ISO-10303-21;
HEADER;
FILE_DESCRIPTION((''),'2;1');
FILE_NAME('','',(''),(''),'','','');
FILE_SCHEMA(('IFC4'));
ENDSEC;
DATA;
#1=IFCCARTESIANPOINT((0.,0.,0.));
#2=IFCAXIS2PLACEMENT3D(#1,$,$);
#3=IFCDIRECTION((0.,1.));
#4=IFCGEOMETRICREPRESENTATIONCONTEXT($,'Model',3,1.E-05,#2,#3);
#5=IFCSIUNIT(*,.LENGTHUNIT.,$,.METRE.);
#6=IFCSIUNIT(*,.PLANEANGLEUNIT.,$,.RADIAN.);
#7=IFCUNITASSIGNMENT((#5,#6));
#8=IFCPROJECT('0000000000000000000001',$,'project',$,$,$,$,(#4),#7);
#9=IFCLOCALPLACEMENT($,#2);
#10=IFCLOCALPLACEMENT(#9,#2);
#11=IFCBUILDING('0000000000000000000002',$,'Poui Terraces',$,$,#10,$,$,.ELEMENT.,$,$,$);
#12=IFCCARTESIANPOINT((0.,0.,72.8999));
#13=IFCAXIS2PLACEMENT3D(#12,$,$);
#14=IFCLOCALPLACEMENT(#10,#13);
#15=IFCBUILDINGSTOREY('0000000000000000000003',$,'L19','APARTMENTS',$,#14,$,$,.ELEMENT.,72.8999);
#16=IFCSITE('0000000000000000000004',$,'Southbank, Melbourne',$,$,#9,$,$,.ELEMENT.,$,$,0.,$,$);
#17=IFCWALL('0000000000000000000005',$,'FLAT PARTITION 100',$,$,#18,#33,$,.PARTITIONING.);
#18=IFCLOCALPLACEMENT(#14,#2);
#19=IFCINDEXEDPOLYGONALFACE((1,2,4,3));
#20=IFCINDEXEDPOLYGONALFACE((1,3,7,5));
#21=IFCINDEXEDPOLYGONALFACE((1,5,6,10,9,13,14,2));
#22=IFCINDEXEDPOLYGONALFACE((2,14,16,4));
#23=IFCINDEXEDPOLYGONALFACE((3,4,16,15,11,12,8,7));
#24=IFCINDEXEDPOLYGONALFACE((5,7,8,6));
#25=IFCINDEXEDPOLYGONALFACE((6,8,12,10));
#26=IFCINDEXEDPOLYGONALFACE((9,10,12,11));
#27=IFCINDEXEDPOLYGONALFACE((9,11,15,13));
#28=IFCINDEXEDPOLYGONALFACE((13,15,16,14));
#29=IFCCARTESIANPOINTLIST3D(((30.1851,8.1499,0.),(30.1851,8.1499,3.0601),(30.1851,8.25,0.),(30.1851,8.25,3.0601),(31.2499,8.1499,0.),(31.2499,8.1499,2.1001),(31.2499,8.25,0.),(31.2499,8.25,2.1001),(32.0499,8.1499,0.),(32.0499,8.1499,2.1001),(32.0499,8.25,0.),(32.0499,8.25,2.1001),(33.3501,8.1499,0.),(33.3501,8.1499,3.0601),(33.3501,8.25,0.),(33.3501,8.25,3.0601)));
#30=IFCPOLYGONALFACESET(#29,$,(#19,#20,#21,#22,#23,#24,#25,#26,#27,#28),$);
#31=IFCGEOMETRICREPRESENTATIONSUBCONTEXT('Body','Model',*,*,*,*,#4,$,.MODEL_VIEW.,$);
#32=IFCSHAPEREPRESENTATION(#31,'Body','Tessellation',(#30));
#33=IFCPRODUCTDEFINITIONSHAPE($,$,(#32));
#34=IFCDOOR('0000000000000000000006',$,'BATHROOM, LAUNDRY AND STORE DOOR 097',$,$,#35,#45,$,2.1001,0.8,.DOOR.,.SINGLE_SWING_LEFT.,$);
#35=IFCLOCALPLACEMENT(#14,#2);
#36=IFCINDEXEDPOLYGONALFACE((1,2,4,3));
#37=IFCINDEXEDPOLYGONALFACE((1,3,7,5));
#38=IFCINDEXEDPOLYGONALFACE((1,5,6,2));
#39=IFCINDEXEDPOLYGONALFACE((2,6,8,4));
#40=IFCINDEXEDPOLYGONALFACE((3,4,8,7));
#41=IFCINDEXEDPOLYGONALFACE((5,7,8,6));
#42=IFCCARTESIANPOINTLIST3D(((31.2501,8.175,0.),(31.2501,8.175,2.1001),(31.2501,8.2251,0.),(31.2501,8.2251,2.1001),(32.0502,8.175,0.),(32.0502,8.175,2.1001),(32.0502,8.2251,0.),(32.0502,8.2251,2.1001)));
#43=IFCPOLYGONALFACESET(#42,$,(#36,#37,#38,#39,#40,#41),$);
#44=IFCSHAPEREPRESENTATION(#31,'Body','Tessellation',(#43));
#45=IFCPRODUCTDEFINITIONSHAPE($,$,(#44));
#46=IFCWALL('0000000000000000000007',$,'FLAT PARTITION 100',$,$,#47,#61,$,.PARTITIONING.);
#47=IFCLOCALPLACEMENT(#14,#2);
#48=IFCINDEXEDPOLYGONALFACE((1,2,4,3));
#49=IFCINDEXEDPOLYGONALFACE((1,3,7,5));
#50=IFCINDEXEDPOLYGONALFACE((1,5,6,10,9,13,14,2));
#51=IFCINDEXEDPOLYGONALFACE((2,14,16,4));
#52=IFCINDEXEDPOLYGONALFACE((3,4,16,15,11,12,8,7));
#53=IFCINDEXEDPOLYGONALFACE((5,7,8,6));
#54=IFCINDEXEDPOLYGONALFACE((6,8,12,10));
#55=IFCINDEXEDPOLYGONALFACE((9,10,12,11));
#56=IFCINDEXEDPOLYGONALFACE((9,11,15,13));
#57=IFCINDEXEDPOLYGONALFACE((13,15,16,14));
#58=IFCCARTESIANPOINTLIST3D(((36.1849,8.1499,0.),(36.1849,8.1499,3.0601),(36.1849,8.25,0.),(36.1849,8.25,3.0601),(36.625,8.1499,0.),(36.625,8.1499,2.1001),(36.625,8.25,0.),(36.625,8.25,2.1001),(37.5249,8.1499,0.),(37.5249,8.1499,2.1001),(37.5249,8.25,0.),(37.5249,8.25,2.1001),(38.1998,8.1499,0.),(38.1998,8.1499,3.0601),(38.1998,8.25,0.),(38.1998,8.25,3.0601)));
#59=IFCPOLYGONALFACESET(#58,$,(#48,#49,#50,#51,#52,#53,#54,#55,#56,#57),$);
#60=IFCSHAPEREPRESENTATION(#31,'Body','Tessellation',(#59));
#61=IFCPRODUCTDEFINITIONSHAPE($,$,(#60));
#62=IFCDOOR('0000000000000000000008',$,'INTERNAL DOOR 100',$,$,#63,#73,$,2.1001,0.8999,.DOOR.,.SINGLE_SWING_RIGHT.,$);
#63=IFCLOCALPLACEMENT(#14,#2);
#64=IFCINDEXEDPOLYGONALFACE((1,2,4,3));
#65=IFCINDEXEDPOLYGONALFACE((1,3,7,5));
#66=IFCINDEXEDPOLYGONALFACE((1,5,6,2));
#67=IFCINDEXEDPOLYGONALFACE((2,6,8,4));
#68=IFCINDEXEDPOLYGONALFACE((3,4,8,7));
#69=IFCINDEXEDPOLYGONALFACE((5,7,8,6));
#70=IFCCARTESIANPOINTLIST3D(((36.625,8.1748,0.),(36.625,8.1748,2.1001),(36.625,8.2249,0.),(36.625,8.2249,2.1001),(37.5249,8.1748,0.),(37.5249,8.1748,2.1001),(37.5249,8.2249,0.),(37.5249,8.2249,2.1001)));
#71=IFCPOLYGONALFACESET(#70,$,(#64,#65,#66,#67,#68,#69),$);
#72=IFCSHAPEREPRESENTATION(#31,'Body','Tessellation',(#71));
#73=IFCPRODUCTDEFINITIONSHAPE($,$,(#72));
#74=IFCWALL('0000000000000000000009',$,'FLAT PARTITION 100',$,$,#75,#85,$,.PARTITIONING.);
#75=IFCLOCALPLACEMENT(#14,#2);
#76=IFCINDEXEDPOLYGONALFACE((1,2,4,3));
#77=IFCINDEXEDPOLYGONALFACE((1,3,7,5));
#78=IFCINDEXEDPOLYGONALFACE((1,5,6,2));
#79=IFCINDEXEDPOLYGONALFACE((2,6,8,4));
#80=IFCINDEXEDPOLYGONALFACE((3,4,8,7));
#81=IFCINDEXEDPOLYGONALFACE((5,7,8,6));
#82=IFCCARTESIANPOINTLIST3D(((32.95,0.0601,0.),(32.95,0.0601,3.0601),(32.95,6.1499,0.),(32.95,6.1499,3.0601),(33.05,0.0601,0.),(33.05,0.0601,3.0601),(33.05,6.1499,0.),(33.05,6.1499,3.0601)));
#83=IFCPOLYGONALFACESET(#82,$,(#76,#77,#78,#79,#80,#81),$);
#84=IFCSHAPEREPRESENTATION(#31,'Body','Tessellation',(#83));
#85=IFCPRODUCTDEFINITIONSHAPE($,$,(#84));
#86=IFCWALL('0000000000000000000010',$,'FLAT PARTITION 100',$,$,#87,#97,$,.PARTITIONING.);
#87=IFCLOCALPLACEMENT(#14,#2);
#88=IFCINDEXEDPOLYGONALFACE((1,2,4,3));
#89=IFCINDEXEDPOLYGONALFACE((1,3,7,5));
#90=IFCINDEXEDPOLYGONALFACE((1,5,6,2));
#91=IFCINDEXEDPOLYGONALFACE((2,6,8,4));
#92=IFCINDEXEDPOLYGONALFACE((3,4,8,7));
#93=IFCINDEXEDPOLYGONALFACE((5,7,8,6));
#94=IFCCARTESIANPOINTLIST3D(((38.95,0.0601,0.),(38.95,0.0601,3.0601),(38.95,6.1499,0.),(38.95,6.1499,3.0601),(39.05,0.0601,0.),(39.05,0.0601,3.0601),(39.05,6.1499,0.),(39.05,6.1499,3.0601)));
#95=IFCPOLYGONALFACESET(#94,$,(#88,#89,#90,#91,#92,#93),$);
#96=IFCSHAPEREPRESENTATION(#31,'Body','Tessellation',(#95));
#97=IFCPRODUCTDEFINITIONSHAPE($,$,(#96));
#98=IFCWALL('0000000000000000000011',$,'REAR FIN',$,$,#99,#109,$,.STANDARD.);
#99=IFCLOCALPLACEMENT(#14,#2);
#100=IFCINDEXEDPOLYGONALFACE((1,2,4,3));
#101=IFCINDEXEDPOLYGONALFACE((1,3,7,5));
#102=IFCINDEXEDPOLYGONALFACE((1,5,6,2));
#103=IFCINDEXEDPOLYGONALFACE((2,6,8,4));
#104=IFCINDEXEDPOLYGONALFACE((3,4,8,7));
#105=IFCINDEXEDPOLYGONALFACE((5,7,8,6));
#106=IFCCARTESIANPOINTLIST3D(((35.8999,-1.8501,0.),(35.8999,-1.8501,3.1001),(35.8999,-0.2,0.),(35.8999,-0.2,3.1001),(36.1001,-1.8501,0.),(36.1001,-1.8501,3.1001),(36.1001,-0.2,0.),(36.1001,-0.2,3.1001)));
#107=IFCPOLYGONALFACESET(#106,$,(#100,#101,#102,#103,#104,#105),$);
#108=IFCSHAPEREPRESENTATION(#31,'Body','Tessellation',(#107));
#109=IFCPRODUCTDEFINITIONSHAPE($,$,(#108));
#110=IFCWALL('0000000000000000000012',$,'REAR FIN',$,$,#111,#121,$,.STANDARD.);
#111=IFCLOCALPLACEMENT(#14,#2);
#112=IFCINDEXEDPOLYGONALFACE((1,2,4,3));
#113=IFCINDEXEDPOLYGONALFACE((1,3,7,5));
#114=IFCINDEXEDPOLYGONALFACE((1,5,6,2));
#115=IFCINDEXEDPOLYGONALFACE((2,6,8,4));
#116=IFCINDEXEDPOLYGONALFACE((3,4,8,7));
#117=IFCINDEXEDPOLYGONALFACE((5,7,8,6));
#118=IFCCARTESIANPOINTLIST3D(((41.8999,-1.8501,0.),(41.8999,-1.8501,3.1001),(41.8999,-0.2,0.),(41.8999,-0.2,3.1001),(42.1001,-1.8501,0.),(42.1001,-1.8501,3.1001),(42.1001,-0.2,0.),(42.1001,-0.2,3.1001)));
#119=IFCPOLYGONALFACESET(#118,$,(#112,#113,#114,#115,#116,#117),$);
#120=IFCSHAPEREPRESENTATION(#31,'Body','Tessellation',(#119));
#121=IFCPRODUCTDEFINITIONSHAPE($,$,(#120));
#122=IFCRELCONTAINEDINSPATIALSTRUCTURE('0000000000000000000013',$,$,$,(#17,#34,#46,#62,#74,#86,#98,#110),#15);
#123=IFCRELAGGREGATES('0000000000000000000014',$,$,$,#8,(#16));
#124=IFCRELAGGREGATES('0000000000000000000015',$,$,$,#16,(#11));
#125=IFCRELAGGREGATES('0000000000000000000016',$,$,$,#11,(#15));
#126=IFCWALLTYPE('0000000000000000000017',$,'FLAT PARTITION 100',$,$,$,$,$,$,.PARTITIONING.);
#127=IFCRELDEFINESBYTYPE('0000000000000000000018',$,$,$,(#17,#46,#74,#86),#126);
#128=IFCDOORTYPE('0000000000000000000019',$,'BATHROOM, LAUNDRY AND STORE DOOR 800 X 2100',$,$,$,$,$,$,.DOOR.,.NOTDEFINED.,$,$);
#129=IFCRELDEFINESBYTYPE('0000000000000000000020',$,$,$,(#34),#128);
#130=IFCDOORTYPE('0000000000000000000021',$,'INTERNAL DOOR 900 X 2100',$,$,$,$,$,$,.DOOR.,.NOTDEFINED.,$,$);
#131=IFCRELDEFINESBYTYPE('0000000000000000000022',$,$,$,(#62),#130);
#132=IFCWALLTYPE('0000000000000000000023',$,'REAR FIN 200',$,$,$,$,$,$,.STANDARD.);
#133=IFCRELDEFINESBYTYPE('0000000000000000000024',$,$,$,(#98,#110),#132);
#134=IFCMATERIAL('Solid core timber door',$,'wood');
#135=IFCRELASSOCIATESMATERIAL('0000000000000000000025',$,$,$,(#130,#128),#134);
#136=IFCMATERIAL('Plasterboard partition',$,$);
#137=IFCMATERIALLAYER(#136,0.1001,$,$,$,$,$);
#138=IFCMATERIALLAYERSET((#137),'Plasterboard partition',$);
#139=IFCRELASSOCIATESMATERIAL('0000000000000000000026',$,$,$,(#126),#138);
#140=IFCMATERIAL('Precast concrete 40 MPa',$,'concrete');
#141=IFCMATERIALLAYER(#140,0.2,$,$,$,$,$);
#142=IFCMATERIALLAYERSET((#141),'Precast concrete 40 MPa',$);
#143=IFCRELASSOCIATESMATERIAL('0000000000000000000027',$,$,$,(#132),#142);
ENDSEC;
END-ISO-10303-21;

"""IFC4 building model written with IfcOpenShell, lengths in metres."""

from ifc_helpers import new_model, si_unit, direction, frame, frame_2d, origin, place, context, subcontext, project, spatial, polyline, rectangle, outline, extrude, source, transform, mapped, material, layer, layer_set, type_object, element, fill, save


model = new_model("IFC4")

# Units and contexts
model_context = context("Model", 3, precision=1e-05, world=origin(), true_north=direction((0.0, 1.0)))
body_context = subcontext(model_context, "Body", "Model", "MODEL_VIEW")
ifc_project = project(units=[si_unit("LENGTHUNIT", "METRE"), si_unit("PLANEANGLEUNIT", "RADIAN")], contexts=[model_context])

# Site, building, storey
site_placement = place(None, origin())
site = spatial("IfcSite", under=ifc_project, at=site_placement, Name="Southbank, Melbourne", CompositionType="ELEMENT", RefElevation=0.0)
building_placement = place(site_placement, origin())
building = spatial("IfcBuilding", under=site, at=building_placement, Name="Poui Terraces", CompositionType="ELEMENT")
storey_placement = place(building_placement, frame((0.0, 0.0, 72.8999)))
storey = spatial("IfcBuildingStorey", under=building, at=storey_placement, Name="L19", Description="APARTMENTS", CompositionType="ELEMENT", Elevation=72.8999)

# Shared definitions
ifc_material_1 = material(Name="Precast concrete 40 MPa", Category="concrete")

# Shared definitions
ifc_material_2 = material(Name="Solid core timber door", Category="wood")
door_type_1 = type_object("IfcDoorType", Name="INTERNAL DOOR 900 X 2100", OperationType="NOTDEFINED", PredefinedType="DOOR", material=ifc_material_2)

# Shared definitions
ifc_material_3 = material(Name="Plasterboard partition")
ifc_layer_1 = layer(ifc_material_3, 0.1001)
ifc_layer_set_1 = layer_set([ifc_layer_1], Name="Plasterboard partition")
wall_type_1 = type_object("IfcWallType", Name="FLAT PARTITION 100", PredefinedType="PARTITIONING", material=ifc_layer_set_1)

# Walls, openings, doors
wall_1_placement = place(storey_placement, frame((30.1851, 8.2, 0.0), z_axis=(0.0, 0.0, 1.0), x_axis=(1.0, 0.0, 0.0)))
wall_1 = element("IfcWall", 1, at=wall_1_placement, inside=storey, type_object=wall_type_1, Name="FLAT PARTITION 100", PredefinedType="PARTITIONING", context=body_context, shape_type="SweptSolid", body=[
    extrude(rectangle(XDim=3.165, YDim=0.1001, at=frame_2d((1.5825, 0.0))), origin(), (0.0, 0.0, 1.0), 3.0601),
])
opening_1_placement = place(wall_1_placement, frame((1.0649, 0.0, 0.0)))
opening_1 = element("IfcOpeningElement", 2, at=opening_1_placement, cuts=wall_1, PredefinedType="OPENING", context=body_context, shape_type="SweptSolid", body=[
    extrude(rectangle(XDim=0.8, YDim=2.1001, at=frame_2d((0.3999, 1.05))), frame((0.0, 0.0601, 0.0), z_axis=(0.0, -1.0, 0.0), x_axis=(1.0, 0.0, 0.0)), (0.0, 0.0, 1.0), 0.1201),
])
door_type_2 = type_object("IfcDoorType", Name="BATHROOM, LAUNDRY AND STORE DOOR 800 X 2100", OperationType="NOTDEFINED", PredefinedType="DOOR", material=ifc_material_2)
door_1_placement = place(opening_1_placement, frame((0.8, 0.0, 0.0), z_axis=(0.0, 0.0, 1.0), x_axis=(-1.0, 0.0, 0.0)))
door_1 = element("IfcDoor", 3, at=door_1_placement, inside=storey, type_object=door_type_2, Name="BATHROOM, LAUNDRY AND STORE DOOR 097", OperationType="SINGLE_SWING_LEFT", OverallHeight=2.1001, OverallWidth=0.8, PredefinedType="DOOR", context=body_context, shape_type="SweptSolid", body=[
    extrude(rectangle(XDim=0.8, YDim=2.1001, at=frame_2d((0.3999, 1.05))), frame((0.0, 0.0249, 0.0), z_axis=(0.0, -1.0, 0.0), x_axis=(1.0, 0.0, 0.0)), (0.0, 0.0, 1.0), 0.05),
])
fill(opening_1, door_1)
wall_2_placement = place(storey_placement, frame((36.1851, 8.2, 0.0), z_axis=(0.0, 0.0, 1.0), x_axis=(1.0, 0.0, 0.0)))
wall_2 = element("IfcWall", 4, at=wall_2_placement, inside=storey, type_object=wall_type_1, Name="FLAT PARTITION 100", PredefinedType="PARTITIONING", context=body_context, shape_type="SweptSolid", body=[
    extrude(rectangle(XDim=2.0149, YDim=0.1001, at=frame_2d((1.0073, 0.0))), origin(), (0.0, 0.0, 1.0), 3.0601),
])
opening_2_placement = place(wall_2_placement, frame((0.4399, 0.0, 0.0)))
opening_2 = element("IfcOpeningElement", 5, at=opening_2_placement, cuts=wall_2, PredefinedType="OPENING", context=body_context, shape_type="SweptSolid", body=[
    extrude(rectangle(XDim=0.8999, YDim=2.1001, at=frame_2d((0.45, 1.05))), frame((0.0, 0.0601, 0.0), z_axis=(0.0, -1.0, 0.0), x_axis=(1.0, 0.0, 0.0)), (0.0, 0.0, 1.0), 0.1201),
])
door_2_placement = place(opening_2_placement, origin())
door_2 = element("IfcDoor", 6, at=door_2_placement, inside=storey, type_object=door_type_1, Name="INTERNAL DOOR 100", OperationType="SINGLE_SWING_RIGHT", OverallHeight=2.1001, OverallWidth=0.8999, PredefinedType="DOOR", context=body_context, shape_type="SweptSolid", body=[
    extrude(rectangle(XDim=0.8999, YDim=2.1001, at=frame_2d((0.45, 1.05))), frame((0.0, 0.0249, 0.0), z_axis=(0.0, -1.0, 0.0), x_axis=(1.0, 0.0, 0.0)), (0.0, 0.0, 1.0), 0.05),
])
fill(opening_2, door_2)

# Walls
for number, where, z_axis, x_axis, name in (
    (7, (33.0, 0.0601, 0.0), (0.0, 0.0, 1.0), (0.0, 1.0, 0.0), "FLAT PARTITION 100"),
    (8, (39.0, 0.0601, 0.0), (0.0, 0.0, 1.0), (0.0, 1.0, 0.0), "FLAT PARTITION 100"),
):
    element("IfcWall", number, at=place(storey_placement, frame(where, z_axis=z_axis, x_axis=x_axis)), inside=storey, type_object=wall_type_1, Name=name, PredefinedType="PARTITIONING", context=body_context, shape_type="SweptSolid", body=[
        extrude(rectangle(XDim=6.0898, YDim=0.1001, at=frame_2d((3.0449, 0.0))), origin(), (0.0, 0.0, 1.0), 3.0601),
    ])
ifc_layer_2 = layer(ifc_material_1, 0.2)
ifc_layer_set_2 = layer_set([ifc_layer_2], Name="Precast concrete 40 MPa")
wall_type_2 = type_object("IfcWallType", Name="REAR FIN 200", PredefinedType="STANDARD", material=ifc_layer_set_2)
shared_shape_1 = source(origin(), body_context, "Body", "SweptSolid", [
    extrude(outline(polyline([(0.0, 0.0), (0.2002, 0.0), (0.2002, 1.6501), (0.0, 1.6501), (0.0, 0.0)])), origin(), (0.0, 0.0, 1.0), 3.1001),
])
for number, where, name in (
    (9, (35.8999, -1.8501, 0.0), "REAR FIN"),
    (10, (41.8999, -1.8501, 0.0), "REAR FIN"),
):
    element("IfcWall", number, at=place(storey_placement, frame(where)), inside=storey, type_object=wall_type_2, Name=name, PredefinedType="STANDARD", context=body_context, shape_type="MappedRepresentation", body=[
        mapped(shared_shape_1, transform((0.0, 0.0, 0.0))),
    ])

save(model, "model.ifc")
